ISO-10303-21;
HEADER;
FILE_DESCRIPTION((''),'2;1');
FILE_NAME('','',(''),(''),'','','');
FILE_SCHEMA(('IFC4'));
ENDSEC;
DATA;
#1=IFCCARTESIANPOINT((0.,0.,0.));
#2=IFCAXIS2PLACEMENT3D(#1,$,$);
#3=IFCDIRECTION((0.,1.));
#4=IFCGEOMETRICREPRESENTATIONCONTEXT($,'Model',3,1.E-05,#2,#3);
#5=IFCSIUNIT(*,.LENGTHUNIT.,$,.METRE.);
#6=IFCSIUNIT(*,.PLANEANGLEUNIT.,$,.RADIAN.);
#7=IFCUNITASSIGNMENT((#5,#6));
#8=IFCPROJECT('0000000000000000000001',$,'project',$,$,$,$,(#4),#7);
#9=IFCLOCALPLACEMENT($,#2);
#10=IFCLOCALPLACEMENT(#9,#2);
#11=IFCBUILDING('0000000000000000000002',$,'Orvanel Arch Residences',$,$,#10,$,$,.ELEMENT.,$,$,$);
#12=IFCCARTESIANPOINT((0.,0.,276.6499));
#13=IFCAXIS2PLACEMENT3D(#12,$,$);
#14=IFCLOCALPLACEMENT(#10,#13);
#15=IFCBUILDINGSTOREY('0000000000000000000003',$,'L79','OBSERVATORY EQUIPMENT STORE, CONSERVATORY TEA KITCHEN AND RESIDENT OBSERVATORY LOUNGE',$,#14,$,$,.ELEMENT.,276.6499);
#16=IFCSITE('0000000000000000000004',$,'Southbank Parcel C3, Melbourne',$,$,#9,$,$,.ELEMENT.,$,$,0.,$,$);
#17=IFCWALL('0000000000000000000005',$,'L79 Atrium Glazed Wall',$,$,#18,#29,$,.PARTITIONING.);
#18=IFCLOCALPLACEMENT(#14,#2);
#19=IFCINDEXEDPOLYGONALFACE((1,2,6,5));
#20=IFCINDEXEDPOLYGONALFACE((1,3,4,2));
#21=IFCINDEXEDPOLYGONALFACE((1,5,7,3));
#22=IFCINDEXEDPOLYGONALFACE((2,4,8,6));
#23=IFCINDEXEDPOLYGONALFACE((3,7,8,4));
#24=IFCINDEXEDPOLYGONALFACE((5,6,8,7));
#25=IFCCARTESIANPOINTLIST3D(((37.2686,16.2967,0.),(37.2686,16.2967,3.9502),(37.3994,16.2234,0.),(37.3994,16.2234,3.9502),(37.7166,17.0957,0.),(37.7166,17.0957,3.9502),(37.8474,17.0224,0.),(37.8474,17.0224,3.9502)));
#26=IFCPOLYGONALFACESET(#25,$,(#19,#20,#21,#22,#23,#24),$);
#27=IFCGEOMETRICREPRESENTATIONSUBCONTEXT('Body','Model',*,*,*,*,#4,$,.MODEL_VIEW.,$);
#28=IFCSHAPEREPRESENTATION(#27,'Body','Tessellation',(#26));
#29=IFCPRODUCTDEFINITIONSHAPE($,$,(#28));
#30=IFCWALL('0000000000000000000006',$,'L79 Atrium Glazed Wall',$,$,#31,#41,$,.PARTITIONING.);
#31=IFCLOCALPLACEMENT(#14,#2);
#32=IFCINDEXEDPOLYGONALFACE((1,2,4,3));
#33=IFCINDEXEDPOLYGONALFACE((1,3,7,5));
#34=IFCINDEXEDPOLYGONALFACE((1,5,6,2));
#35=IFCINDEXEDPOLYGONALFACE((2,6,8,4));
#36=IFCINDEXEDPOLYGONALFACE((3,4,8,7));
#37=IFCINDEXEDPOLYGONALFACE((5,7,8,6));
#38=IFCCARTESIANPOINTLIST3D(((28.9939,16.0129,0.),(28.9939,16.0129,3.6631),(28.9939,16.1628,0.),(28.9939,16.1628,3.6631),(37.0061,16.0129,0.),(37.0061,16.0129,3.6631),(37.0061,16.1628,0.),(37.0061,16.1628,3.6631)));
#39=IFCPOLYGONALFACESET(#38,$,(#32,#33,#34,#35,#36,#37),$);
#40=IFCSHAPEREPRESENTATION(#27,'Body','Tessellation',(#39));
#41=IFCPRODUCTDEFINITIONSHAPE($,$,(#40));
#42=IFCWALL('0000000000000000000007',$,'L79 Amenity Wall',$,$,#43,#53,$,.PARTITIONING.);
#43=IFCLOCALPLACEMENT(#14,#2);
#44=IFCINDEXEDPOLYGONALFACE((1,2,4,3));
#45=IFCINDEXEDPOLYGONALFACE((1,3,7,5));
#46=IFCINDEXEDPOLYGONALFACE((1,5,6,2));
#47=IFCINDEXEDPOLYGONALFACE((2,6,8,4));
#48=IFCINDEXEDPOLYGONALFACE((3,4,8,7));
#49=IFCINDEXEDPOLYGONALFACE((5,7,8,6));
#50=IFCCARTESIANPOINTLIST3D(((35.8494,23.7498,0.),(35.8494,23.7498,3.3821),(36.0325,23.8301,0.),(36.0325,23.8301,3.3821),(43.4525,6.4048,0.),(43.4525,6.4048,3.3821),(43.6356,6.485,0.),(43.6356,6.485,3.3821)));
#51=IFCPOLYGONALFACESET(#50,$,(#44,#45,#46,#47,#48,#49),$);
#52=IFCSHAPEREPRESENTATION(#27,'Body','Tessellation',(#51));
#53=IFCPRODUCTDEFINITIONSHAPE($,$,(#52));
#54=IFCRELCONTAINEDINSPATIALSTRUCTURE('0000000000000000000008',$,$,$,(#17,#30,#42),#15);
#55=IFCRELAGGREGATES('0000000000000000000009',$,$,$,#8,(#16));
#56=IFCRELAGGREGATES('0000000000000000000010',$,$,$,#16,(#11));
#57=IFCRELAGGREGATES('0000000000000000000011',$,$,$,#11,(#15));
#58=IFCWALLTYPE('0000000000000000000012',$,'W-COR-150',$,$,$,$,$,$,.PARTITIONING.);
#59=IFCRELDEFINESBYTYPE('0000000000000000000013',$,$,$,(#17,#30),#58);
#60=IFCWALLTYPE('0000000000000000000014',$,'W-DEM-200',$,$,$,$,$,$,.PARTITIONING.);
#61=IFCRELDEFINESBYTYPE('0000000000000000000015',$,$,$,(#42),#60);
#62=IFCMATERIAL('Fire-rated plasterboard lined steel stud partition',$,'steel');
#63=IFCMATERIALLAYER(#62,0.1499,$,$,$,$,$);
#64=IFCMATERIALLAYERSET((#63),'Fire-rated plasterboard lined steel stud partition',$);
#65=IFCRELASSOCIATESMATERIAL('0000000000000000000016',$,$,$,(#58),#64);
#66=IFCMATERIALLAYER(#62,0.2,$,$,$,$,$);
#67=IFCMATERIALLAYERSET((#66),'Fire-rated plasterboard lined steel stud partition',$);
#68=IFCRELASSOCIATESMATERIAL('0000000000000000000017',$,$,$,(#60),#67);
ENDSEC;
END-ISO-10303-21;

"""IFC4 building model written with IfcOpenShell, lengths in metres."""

from ifc_helpers import new_model, si_unit, direction, frame, frame_2d, origin, place, context, subcontext, project, spatial, rectangle, extrude, material, layer, layer_set, type_object, element, save


model = new_model("IFC4")

# Units and contexts
model_context = context("Model", 3, precision=1e-05, world=origin(), true_north=direction((0.0, 1.0)))
body_context = subcontext(model_context, "Body", "Model", "MODEL_VIEW")
ifc_project = project(units=[si_unit("LENGTHUNIT", "METRE"), si_unit("PLANEANGLEUNIT", "RADIAN")], contexts=[model_context])

# Site, building, storey
site_placement = place(None, origin())
site = spatial("IfcSite", under=ifc_project, at=site_placement, Name="Southbank Parcel C3, Melbourne", CompositionType="ELEMENT", RefElevation=0.0)
building_placement = place(site_placement, origin())
building = spatial("IfcBuilding", under=site, at=building_placement, Name="Orvanel Arch Residences", CompositionType="ELEMENT")
storey_placement = place(building_placement, frame((0.0, 0.0, 276.6499)))
storey = spatial("IfcBuildingStorey", under=building, at=storey_placement, Name="L79", Description="OBSERVATORY EQUIPMENT STORE, CONSERVATORY TEA KITCHEN AND RESIDENT OBSERVATORY LOUNGE", CompositionType="ELEMENT", Elevation=276.6499)

# Shared definitions
ifc_material_1 = material(Name="Fire-rated plasterboard lined steel stud partition", Category="steel")
ifc_layer_1 = layer(ifc_material_1, 0.1499)
ifc_layer_set_1 = layer_set([ifc_layer_1], Name="Fire-rated plasterboard lined steel stud partition")
wall_type_1 = type_object("IfcWallType", Name="W-COR-150", PredefinedType="PARTITIONING", material=ifc_layer_set_1)

# Walls
wall_1_placement = place(storey_placement, frame((37.782, 17.0591, 0.0), z_axis=(0.0, 0.0, 1.0), x_axis=(-0.489033, -0.872265, 0.0)))
element("IfcWall", 1, at=wall_1_placement, inside=storey, type_object=wall_type_1, Name="L79 Atrium Glazed Wall", PredefinedType="PARTITIONING", context=body_context, shape_type="SweptSolid", body=[
    extrude(rectangle(XDim=0.916, YDim=0.1499, at=frame_2d((0.458, 0.0))), origin(), (0.0, 0.0, 1.0), 3.9502),
])
wall_2_placement = place(storey_placement, frame((37.0061, 16.0879, 0.0), z_axis=(0.0, 0.0, 1.0), x_axis=(-1.0, 0.0, 0.0)))
element("IfcWall", 2, at=wall_2_placement, inside=storey, type_object=wall_type_1, Name="L79 Atrium Glazed Wall", PredefinedType="PARTITIONING", context=body_context, shape_type="SweptSolid", body=[
    extrude(rectangle(XDim=8.0122, YDim=0.1499, at=frame_2d((4.0061, 0.0))), origin(), (0.0, 0.0, 1.0), 3.6631),
])
ifc_layer_2 = layer(ifc_material_1, 0.2)
ifc_layer_set_2 = layer_set([ifc_layer_2], Name="Fire-rated plasterboard lined steel stud partition")
wall_type_2 = type_object("IfcWallType", Name="W-DEM-200", PredefinedType="PARTITIONING", material=ifc_layer_set_2)
wall_3_placement = place(storey_placement, frame((35.9409, 23.79, 0.0), z_axis=(0.0, 0.0, 1.0), x_axis=(0.401466, -0.915874, 0.0)))
element("IfcWall", 3, at=wall_3_placement, inside=storey, type_object=wall_type_2, Name="L79 Amenity Wall", PredefinedType="PARTITIONING", context=body_context, shape_type="SweptSolid", body=[
    extrude(rectangle(XDim=18.9382, YDim=0.2, at=frame_2d((9.4692, 0.0))), origin(), (0.0, 0.0, 1.0), 3.3821),
])

save(model, "model.ifc")
